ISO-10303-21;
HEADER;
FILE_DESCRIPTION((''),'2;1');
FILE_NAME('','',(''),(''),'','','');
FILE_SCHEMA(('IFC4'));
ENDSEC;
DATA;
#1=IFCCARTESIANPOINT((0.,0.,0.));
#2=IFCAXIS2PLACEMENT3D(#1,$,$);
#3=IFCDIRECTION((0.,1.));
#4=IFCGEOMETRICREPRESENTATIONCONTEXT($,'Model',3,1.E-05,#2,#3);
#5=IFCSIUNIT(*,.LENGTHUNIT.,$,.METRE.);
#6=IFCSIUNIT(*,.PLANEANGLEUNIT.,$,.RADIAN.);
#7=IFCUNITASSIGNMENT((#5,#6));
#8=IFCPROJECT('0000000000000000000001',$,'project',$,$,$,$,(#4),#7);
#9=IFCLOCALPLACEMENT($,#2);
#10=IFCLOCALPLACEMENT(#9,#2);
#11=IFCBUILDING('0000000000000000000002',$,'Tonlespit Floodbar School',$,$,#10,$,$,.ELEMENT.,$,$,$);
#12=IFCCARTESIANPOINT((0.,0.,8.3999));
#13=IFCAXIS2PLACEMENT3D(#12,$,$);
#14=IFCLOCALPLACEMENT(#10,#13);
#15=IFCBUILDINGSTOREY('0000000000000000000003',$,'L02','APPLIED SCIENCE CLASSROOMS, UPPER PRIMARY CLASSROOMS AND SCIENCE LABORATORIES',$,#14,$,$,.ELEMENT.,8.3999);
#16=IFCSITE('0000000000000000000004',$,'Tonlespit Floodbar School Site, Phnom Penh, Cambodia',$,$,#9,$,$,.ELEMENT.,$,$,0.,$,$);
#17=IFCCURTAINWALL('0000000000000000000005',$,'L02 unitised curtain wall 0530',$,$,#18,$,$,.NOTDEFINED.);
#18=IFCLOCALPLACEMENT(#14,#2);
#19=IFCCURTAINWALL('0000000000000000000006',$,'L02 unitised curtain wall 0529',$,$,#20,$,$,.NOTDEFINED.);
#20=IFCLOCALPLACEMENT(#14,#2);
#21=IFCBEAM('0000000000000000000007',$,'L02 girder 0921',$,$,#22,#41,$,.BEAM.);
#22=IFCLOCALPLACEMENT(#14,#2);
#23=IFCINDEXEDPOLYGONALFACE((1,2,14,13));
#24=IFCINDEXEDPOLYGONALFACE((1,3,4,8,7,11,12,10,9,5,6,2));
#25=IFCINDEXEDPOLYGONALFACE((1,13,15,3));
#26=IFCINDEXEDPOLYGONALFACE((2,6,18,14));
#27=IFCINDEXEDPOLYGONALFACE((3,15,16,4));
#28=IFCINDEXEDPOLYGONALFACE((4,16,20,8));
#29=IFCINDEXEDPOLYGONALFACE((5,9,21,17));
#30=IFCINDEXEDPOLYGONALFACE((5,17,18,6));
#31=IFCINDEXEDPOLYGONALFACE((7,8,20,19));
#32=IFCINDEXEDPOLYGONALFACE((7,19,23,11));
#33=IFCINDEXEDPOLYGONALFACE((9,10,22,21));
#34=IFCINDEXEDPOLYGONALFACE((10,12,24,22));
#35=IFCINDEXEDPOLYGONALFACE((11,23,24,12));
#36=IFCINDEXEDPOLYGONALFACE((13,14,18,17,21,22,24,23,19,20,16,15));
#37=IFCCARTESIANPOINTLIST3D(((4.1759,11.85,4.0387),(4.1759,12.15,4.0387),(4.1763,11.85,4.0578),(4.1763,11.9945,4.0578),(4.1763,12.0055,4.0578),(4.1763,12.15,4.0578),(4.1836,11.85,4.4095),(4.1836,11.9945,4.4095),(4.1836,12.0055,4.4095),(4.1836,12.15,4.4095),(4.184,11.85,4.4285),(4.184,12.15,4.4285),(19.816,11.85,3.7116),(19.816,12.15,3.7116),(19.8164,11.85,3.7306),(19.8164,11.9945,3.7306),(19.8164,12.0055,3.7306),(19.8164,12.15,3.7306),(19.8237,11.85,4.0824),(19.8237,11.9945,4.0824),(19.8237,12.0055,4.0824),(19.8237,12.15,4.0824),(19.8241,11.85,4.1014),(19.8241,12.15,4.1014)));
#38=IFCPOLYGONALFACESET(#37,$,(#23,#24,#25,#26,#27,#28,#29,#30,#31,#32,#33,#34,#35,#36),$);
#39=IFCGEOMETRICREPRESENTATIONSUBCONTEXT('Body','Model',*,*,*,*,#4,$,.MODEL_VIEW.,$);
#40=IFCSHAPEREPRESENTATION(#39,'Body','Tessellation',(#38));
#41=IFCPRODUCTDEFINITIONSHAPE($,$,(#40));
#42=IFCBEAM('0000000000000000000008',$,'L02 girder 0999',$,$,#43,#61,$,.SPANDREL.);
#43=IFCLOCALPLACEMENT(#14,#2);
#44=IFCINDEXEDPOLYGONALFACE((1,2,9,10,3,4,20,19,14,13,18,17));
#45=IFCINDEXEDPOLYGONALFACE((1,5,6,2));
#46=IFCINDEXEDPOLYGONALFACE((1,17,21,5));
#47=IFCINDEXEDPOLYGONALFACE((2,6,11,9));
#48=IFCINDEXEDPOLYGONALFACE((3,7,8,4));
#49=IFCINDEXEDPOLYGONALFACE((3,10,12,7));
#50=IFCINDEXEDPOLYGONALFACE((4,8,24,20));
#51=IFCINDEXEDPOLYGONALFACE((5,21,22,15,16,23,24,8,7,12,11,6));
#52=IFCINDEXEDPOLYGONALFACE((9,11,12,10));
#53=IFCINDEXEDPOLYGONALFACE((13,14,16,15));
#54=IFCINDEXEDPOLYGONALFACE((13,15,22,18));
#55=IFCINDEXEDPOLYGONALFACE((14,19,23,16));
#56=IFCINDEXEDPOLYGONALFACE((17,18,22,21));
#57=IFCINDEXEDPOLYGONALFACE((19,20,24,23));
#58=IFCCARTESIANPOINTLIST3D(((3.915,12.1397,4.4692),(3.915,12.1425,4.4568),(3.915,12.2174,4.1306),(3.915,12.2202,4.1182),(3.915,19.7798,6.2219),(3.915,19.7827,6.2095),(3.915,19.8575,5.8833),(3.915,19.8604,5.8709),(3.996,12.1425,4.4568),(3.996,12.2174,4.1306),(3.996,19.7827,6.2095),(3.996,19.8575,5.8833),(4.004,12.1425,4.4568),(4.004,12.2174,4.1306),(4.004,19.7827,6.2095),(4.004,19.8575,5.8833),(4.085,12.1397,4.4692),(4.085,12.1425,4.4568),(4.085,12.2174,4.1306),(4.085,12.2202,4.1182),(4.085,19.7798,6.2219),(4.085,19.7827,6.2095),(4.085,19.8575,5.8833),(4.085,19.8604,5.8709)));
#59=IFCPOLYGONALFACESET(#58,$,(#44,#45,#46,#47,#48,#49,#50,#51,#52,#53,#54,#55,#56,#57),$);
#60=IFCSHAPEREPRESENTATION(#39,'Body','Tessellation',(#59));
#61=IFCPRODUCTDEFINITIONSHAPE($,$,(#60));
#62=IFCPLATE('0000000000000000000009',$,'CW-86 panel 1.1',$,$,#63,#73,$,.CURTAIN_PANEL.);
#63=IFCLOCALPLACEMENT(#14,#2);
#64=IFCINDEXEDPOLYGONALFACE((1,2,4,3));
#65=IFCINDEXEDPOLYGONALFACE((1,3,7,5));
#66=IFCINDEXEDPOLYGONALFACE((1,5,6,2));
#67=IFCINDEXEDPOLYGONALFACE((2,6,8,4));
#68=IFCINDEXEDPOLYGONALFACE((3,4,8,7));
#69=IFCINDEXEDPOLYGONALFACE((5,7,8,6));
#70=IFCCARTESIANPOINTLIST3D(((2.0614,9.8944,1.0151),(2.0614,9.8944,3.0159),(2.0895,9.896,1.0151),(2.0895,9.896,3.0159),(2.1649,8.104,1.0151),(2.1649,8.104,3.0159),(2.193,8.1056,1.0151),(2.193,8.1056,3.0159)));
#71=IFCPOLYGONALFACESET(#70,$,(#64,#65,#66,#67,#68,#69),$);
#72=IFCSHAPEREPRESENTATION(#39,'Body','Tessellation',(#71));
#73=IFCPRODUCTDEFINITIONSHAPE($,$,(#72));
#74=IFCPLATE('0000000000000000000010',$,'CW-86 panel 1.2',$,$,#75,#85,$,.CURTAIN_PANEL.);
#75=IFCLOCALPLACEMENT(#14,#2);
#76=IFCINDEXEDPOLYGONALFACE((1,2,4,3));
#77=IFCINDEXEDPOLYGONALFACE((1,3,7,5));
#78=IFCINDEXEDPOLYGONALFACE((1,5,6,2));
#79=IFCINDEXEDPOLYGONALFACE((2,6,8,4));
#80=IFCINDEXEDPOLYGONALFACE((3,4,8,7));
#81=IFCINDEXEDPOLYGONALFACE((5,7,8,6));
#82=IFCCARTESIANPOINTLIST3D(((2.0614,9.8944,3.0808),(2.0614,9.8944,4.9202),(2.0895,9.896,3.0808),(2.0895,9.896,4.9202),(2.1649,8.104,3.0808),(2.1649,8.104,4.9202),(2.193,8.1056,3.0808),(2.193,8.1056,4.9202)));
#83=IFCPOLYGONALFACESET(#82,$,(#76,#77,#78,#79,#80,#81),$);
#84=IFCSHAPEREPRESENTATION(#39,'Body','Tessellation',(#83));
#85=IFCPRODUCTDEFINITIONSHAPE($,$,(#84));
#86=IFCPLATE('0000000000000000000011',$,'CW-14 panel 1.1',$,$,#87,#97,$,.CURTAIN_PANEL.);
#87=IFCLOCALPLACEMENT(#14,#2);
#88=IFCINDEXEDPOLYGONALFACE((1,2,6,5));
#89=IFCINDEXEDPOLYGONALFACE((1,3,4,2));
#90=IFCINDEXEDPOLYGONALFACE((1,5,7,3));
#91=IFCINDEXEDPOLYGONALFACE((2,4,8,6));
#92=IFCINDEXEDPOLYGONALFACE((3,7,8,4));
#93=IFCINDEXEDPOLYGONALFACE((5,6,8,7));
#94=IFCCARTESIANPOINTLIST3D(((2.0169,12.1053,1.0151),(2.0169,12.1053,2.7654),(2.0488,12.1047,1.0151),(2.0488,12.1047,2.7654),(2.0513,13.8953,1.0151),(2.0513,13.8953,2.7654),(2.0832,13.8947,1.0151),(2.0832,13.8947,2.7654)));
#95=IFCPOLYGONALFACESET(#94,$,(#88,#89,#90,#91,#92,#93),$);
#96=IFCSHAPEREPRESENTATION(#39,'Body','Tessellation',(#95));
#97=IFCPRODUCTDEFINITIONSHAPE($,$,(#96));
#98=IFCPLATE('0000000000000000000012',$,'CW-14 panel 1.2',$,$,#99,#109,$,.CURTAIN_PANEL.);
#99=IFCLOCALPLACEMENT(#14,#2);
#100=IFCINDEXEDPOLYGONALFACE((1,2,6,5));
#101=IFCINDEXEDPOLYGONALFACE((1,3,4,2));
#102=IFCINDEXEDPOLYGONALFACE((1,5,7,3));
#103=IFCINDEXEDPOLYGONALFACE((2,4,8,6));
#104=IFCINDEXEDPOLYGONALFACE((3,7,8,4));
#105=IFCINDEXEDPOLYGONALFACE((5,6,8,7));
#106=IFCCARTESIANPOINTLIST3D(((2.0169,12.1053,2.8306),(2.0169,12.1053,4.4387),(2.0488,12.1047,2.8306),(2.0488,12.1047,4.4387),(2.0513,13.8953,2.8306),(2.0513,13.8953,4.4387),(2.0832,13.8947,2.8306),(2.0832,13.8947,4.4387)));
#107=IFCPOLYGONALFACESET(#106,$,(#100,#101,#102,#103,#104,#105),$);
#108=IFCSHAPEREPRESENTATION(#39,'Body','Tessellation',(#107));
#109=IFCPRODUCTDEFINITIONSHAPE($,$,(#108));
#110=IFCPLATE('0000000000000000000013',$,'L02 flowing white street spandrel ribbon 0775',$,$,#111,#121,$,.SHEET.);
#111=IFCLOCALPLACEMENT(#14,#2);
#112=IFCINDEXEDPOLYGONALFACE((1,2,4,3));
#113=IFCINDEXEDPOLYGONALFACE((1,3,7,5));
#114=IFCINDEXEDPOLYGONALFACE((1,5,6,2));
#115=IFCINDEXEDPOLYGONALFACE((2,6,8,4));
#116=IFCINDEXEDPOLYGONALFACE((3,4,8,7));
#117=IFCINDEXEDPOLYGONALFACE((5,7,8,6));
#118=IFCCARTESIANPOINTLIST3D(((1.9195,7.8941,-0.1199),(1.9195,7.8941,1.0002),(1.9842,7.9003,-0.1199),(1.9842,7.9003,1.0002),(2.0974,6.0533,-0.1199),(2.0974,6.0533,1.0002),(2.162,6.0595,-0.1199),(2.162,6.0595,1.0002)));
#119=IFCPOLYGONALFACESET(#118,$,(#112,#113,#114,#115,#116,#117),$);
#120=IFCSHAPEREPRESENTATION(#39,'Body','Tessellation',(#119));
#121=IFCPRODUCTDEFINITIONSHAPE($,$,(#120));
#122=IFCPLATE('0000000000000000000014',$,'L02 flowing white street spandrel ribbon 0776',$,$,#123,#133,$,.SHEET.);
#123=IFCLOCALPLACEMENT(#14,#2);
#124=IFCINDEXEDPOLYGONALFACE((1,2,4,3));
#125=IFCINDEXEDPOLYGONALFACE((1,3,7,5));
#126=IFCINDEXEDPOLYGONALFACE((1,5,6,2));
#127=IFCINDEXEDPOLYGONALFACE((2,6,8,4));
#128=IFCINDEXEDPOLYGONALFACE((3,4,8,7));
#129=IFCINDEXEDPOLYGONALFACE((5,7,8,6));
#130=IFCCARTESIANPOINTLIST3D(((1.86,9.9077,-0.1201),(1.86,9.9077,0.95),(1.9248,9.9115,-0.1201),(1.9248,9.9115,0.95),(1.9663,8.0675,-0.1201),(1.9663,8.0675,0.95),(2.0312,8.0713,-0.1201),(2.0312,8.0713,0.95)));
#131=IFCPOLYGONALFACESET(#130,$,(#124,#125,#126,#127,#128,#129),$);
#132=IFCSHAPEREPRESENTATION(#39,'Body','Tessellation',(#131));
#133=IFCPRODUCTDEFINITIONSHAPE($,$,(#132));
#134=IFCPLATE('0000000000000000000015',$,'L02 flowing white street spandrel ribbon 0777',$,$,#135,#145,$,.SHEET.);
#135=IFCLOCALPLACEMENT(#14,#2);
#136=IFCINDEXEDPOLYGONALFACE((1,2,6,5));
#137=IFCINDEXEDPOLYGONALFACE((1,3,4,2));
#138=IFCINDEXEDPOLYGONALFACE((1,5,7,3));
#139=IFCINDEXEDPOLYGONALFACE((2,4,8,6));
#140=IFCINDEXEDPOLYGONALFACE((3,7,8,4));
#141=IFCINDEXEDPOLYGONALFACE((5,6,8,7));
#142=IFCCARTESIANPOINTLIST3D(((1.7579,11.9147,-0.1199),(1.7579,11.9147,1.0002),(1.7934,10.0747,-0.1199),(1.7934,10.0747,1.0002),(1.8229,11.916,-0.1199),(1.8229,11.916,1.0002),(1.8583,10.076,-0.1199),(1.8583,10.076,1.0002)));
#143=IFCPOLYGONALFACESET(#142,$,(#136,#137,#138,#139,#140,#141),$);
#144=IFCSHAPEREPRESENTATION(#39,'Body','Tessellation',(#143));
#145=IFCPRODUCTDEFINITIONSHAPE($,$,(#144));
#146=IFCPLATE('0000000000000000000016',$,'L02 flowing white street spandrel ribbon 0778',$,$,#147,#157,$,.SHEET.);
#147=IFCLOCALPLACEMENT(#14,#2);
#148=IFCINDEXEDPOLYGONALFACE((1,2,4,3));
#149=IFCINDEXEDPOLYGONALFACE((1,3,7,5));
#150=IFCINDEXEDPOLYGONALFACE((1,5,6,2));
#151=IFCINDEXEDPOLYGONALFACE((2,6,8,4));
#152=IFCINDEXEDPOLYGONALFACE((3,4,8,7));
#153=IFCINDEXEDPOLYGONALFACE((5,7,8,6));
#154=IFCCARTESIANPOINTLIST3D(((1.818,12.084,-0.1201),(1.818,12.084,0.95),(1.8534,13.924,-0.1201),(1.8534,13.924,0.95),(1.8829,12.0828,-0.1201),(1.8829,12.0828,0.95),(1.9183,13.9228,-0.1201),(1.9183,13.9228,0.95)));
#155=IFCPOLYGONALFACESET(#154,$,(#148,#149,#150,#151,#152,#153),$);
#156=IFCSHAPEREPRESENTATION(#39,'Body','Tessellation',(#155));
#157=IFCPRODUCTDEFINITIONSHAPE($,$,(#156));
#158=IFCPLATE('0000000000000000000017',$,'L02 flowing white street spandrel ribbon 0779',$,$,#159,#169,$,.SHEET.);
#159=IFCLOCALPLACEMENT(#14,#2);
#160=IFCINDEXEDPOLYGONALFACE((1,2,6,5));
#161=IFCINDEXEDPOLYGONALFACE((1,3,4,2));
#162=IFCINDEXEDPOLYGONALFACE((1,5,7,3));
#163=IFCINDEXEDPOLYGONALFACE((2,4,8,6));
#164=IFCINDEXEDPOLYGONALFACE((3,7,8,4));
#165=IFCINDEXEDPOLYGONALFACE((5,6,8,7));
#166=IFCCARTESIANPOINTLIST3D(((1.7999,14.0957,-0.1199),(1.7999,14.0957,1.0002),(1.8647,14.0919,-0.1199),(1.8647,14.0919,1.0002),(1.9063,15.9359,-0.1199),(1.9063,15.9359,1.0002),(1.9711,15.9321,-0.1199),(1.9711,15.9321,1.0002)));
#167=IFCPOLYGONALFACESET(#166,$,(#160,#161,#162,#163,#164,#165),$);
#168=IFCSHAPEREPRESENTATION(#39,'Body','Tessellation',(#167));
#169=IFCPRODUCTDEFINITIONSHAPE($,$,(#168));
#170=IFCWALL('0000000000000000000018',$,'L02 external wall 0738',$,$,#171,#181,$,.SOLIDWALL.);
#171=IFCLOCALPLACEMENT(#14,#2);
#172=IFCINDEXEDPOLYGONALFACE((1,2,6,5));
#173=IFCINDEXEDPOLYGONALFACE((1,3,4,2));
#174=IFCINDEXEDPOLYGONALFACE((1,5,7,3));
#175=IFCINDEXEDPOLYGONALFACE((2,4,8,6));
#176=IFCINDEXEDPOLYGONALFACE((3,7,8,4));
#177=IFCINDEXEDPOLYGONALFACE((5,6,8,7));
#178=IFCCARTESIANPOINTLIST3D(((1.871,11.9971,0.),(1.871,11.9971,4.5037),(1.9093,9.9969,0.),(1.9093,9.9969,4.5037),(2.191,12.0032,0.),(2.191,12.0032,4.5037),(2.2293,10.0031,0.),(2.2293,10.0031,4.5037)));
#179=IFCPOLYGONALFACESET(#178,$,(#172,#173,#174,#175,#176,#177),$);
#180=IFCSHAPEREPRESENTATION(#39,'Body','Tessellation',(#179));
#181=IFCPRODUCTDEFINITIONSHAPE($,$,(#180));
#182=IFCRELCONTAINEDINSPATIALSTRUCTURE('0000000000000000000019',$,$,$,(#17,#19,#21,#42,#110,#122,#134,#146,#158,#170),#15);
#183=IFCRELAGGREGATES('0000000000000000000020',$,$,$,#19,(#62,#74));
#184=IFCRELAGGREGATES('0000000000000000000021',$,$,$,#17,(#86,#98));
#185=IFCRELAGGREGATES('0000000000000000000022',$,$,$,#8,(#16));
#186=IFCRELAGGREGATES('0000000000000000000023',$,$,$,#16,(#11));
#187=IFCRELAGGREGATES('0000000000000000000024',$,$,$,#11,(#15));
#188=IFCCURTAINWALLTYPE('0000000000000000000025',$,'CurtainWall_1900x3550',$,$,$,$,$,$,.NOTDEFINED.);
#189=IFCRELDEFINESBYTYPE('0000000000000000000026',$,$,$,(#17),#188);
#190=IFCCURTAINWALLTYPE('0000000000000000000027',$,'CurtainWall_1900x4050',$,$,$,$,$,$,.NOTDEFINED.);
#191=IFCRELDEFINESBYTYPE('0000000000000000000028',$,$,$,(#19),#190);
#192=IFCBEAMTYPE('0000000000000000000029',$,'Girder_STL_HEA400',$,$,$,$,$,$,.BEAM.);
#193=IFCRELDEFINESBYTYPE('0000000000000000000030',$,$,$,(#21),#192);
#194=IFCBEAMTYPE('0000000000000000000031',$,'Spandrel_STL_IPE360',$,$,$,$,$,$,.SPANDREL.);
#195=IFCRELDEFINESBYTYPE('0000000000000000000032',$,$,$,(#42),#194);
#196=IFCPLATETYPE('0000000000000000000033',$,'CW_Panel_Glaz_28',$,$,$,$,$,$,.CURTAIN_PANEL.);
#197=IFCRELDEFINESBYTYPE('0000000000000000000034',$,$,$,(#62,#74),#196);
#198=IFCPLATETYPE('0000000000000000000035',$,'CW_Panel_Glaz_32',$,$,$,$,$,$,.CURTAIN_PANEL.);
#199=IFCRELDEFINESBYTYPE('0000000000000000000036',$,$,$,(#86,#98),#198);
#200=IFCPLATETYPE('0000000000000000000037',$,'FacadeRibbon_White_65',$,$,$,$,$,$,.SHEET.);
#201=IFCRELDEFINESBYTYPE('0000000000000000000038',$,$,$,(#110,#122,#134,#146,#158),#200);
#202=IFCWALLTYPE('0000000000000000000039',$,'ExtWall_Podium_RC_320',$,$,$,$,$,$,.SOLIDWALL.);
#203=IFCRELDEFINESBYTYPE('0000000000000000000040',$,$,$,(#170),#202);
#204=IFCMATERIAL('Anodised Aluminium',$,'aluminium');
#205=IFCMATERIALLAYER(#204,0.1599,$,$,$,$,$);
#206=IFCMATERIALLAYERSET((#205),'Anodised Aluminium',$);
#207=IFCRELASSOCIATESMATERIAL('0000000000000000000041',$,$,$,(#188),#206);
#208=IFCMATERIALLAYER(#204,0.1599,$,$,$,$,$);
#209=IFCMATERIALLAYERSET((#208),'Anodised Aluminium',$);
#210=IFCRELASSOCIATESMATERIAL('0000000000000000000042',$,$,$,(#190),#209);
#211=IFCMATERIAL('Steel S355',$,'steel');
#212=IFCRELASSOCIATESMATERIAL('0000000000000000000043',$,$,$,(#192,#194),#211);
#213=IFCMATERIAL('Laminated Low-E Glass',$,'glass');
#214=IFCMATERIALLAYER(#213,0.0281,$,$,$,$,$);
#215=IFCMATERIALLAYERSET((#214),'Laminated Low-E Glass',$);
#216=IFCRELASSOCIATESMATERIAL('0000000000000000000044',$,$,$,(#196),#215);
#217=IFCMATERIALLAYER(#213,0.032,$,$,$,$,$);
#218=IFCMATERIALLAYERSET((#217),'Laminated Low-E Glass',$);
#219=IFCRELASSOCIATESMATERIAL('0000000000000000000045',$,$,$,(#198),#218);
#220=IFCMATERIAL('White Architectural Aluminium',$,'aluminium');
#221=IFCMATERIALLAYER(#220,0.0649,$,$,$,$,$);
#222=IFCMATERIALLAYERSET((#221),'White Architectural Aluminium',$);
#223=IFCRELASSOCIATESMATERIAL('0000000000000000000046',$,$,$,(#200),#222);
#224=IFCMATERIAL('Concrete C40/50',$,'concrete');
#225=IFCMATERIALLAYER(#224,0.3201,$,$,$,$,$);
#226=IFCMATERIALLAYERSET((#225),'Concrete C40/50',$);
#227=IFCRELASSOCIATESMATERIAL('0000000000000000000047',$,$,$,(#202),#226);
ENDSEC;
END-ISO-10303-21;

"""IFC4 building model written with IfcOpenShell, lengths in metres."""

from ifc_helpers import new_model, si_unit, direction, frame, frame_2d, origin, origin_2d, place, context, subcontext, project, spatial, rectangle, i_section, extrude, material, layer, layer_set, material_profile, profile_set, type_object, element, aggregate, save


model = new_model("IFC4")

# Units and contexts
model_context = context("Model", 3, precision=1e-05, world=origin(), true_north=direction((0.0, 1.0)))
body_context = subcontext(model_context, "Body", "Model", "MODEL_VIEW")
ifc_project = project(units=[si_unit("LENGTHUNIT", "METRE"), si_unit("PLANEANGLEUNIT", "RADIAN")], contexts=[model_context])

# Site, building, storey
site_placement = place(None, origin())
site = spatial("IfcSite", under=ifc_project, at=site_placement, Name="Tonlespit Floodbar School Site, Phnom Penh, Cambodia", CompositionType="ELEMENT", RefElevation=0.0)
building_placement = place(site_placement, origin())
building = spatial("IfcBuilding", under=site, at=building_placement, Name="Tonlespit Floodbar School", CompositionType="ELEMENT")
storey_placement = place(building_placement, frame((0.0, 0.0, 8.3999)))
storey = spatial("IfcBuildingStorey", under=building, at=storey_placement, Name="L02", Description="APPLIED SCIENCE CLASSROOMS, UPPER PRIMARY CLASSROOMS AND SCIENCE LABORATORIES", CompositionType="ELEMENT", Elevation=8.3999)

# Curtain walls
ifc_material_1 = material(Name="Anodised Aluminium", Category="aluminium")
ifc_layer_1 = layer(ifc_material_1, 0.1599)
ifc_layer_set_1 = layer_set([ifc_layer_1], Name="Anodised Aluminium")
curtain_wall_type_1 = type_object("IfcCurtainWallType", Name="CurtainWall_1900x3550", PredefinedType="NOTDEFINED", material=ifc_layer_set_1)
curtain_wall_1_placement = place(storey_placement, origin())
curtain_wall_1 = element("IfcCurtainWall", 1, at=curtain_wall_1_placement, inside=storey, type_object=curtain_wall_type_1, Name="L02 unitised curtain wall 0530", PredefinedType="NOTDEFINED")
ifc_layer_2 = layer(ifc_material_1, 0.1599)
ifc_layer_set_2 = layer_set([ifc_layer_2], Name="Anodised Aluminium")
curtain_wall_type_2 = type_object("IfcCurtainWallType", Name="CurtainWall_1900x4050", PredefinedType="NOTDEFINED", material=ifc_layer_set_2)
curtain_wall_2_placement = place(storey_placement, origin())
curtain_wall_2 = element("IfcCurtainWall", 2, at=curtain_wall_2_placement, inside=storey, type_object=curtain_wall_type_2, Name="L02 unitised curtain wall 0529", PredefinedType="NOTDEFINED")

# Beams
ifc_material_2 = material(Name="Steel S355", Category="steel")
ifc_material_profile_1 = material_profile(ifc_material_2, i_section(OverallWidth=0.3, OverallDepth=0.3899, WebThickness=0.011, FlangeThickness=0.019, at=origin_2d()), Name="HEA 400")
ifc_profile_set_1 = profile_set([ifc_material_profile_1], Name="Steel S355")
beam_type_1 = type_object("IfcBeamType", Name="Girder_STL_HEA400", PredefinedType="BEAM", material=ifc_profile_set_1)
beam_1_placement = place(storey_placement, frame((4.1799, 12.0, 4.2336), z_axis=(0.999781, 0.0, -0.020913), x_axis=(0.0, 1.0, 0.0)))
element("IfcBeam", 3, at=beam_1_placement, inside=storey, type_object=beam_type_1, Name="L02 girder 0921", PredefinedType="BEAM", context=body_context, shape_type="SweptSolid", body=[
    extrude(i_section(OverallWidth=0.3, OverallDepth=0.3899, WebThickness=0.011, FlangeThickness=0.019, at=origin_2d()), origin(), (0.0, 0.0, 1.0), 15.6436),
])
ifc_material_profile_2 = material_profile(ifc_material_2, i_section(OverallWidth=0.1699, OverallDepth=0.3601, WebThickness=0.0081, FlangeThickness=0.0127, at=origin_2d()), Name="IPE 360")
ifc_profile_set_2 = profile_set([ifc_material_profile_2], Name="Steel S355")
beam_type_2 = type_object("IfcBeamType", Name="Spandrel_STL_IPE360", PredefinedType="SPANDREL", material=ifc_profile_set_2)
beam_2_placement = place(storey_placement, frame((4.0, 12.1799, 4.2937), z_axis=(0.0, 0.974682, 0.223597), x_axis=(-1.0, 0.0, 0.0)))
element("IfcBeam", 4, at=beam_2_placement, inside=storey, type_object=beam_type_2, Name="L02 girder 0999", PredefinedType="SPANDREL", context=body_context, shape_type="SweptSolid", body=[
    extrude(i_section(OverallWidth=0.1699, OverallDepth=0.3601, WebThickness=0.0081, FlangeThickness=0.0127, at=origin_2d()), origin(), (0.0, 0.0, 1.0), 7.8386),
])

# Plates
ifc_material_3 = material(Name="Laminated Low-E Glass", Category="glass")
ifc_layer_3 = layer(ifc_material_3, 0.0281)
ifc_layer_set_3 = layer_set([ifc_layer_3], Name="Laminated Low-E Glass")
plate_type_1 = type_object("IfcPlateType", Name="CW_Panel_Glaz_28", PredefinedType="CURTAIN_PANEL", material=ifc_layer_set_3)
plate_1_placement = place(storey_placement, frame((2.1272, 9.0, 1.0151), z_axis=(0.0, 0.0, 1.0), x_axis=(-0.05771, 0.998333, 0.0)))
plate_1 = element("IfcPlate", 5, at=plate_1_placement, type_object=plate_type_1, Name="CW-86 panel 1.1", PredefinedType="CURTAIN_PANEL", context=body_context, shape_type="SweptSolid", body=[
    extrude(rectangle(XDim=1.7935, YDim=0.0281, at=origin_2d()), origin(), (0.0, 0.0, 1.0), 2.0007),
])
plate_2_placement = place(storey_placement, frame((2.1272, 9.0, 3.0808), z_axis=(0.0, 0.0, 1.0), x_axis=(-0.05771, 0.998333, 0.0)))
plate_2 = element("IfcPlate", 6, at=plate_2_placement, type_object=plate_type_1, Name="CW-86 panel 1.2", PredefinedType="CURTAIN_PANEL", context=body_context, shape_type="SweptSolid", body=[
    extrude(rectangle(XDim=1.7935, YDim=0.0281, at=origin_2d()), origin(), (0.0, 0.0, 1.0), 1.8394),
])
aggregate(curtain_wall_2, [plate_1, plate_2])
ifc_layer_4 = layer(ifc_material_3, 0.032)
ifc_layer_set_4 = layer_set([ifc_layer_4], Name="Laminated Low-E Glass")
plate_type_2 = type_object("IfcPlateType", Name="CW_Panel_Glaz_32", PredefinedType="CURTAIN_PANEL", material=ifc_layer_set_4)
plate_3_placement = place(storey_placement, frame((2.05, 13.0, 1.0151), z_axis=(0.0, 0.0, 1.0), x_axis=(0.019215, 0.999815, 0.0)))
plate_3 = element("IfcPlate", 7, at=plate_3_placement, type_object=plate_type_2, Name="CW-14 panel 1.1", PredefinedType="CURTAIN_PANEL", context=body_context, shape_type="SweptSolid", body=[
    extrude(rectangle(XDim=1.7903, YDim=0.032, at=origin_2d()), origin(), (0.0, 0.0, 1.0), 1.7502),
])
plate_4_placement = place(storey_placement, frame((2.05, 13.0, 2.8306), z_axis=(0.0, 0.0, 1.0), x_axis=(0.019215, 0.999815, 0.0)))
plate_4 = element("IfcPlate", 8, at=plate_4_placement, type_object=plate_type_2, Name="CW-14 panel 1.2", PredefinedType="CURTAIN_PANEL", context=body_context, shape_type="SweptSolid", body=[
    extrude(rectangle(XDim=1.7903, YDim=0.032, at=origin_2d()), origin(), (0.0, 0.0, 1.0), 1.6082),
])
aggregate(curtain_wall_1, [plate_3, plate_4])

# Plates
ifc_material_4 = material(Name="White Architectural Aluminium", Category="aluminium")
ifc_layer_5 = layer(ifc_material_4, 0.0649)
ifc_layer_set_5 = layer_set([ifc_layer_5], Name="White Architectural Aluminium")
plate_type_3 = type_object("IfcPlateType", Name="FacadeRibbon_White_65", PredefinedType="SHEET", material=ifc_layer_set_5)
plate_5_placement = place(storey_placement, frame((2.0408, 6.9768, -0.1199), z_axis=(0.0, 0.0, 1.0), x_axis=(-0.096153, 0.995367, 0.0)))
element("IfcPlate", 9, at=plate_5_placement, inside=storey, type_object=plate_type_3, Name="L02 flowing white street spandrel ribbon 0775", PredefinedType="SHEET", context=body_context, shape_type="SweptSolid", body=[
    extrude(rectangle(XDim=1.8494, YDim=0.0649, at=origin_2d()), origin(), (0.0, 0.0, 1.0), 1.1201),
])
plate_6_placement = place(storey_placement, frame((1.9456, 8.9895, -0.1201), z_axis=(0.0, 0.0, 1.0), x_axis=(-0.057703, 0.998334, 0.0)))
element("IfcPlate", 10, at=plate_6_placement, inside=storey, type_object=plate_type_3, Name="L02 flowing white street spandrel ribbon 0776", PredefinedType="SHEET", context=body_context, shape_type="SweptSolid", body=[
    extrude(rectangle(XDim=1.8433, YDim=0.0649, at=origin_2d()), origin(), (0.0, 0.0, 1.0), 1.0701),
])
plate_7_placement = place(storey_placement, frame((1.8081, 10.9954, -0.1199), z_axis=(0.0, 0.0, 1.0), x_axis=(-0.019246, 0.999815, 0.0)))
element("IfcPlate", 11, at=plate_7_placement, inside=storey, type_object=plate_type_3, Name="L02 flowing white street spandrel ribbon 0777", PredefinedType="SHEET", context=body_context, shape_type="SweptSolid", body=[
    extrude(rectangle(XDim=1.8403, YDim=0.0649, at=origin_2d()), origin(), (0.0, 0.0, 1.0), 1.1201),
])
plate_8_placement = place(storey_placement, frame((1.8682, 13.0034, -0.1201), z_axis=(0.0, 0.0, 1.0), x_axis=(0.019246, 0.999815, 0.0)))
element("IfcPlate", 12, at=plate_8_placement, inside=storey, type_object=plate_type_3, Name="L02 flowing white street spandrel ribbon 0778", PredefinedType="SHEET", context=body_context, shape_type="SweptSolid", body=[
    extrude(rectangle(XDim=1.8403, YDim=0.0649, at=origin_2d()), origin(), (0.0, 0.0, 1.0), 1.0701),
])
plate_9_placement = place(storey_placement, frame((1.8855, 15.0139, -0.1199), z_axis=(0.0, 0.0, 1.0), x_axis=(0.057703, 0.998334, 0.0)))
element("IfcPlate", 13, at=plate_9_placement, inside=storey, type_object=plate_type_3, Name="L02 flowing white street spandrel ribbon 0779", PredefinedType="SHEET", context=body_context, shape_type="SweptSolid", body=[
    extrude(rectangle(XDim=1.8433, YDim=0.0649, at=origin_2d()), origin(), (0.0, 0.0, 1.0), 1.1201),
])

# Wall
ifc_material_5 = material(Name="Concrete C40/50", Category="concrete")
ifc_layer_6 = layer(ifc_material_5, 0.3201)
ifc_layer_set_6 = layer_set([ifc_layer_6], Name="Concrete C40/50")
wall_type_1 = type_object("IfcWallType", Name="ExtWall_Podium_RC_320", PredefinedType="SOLIDWALL", material=ifc_layer_set_6)
wall_1_placement = place(storey_placement, frame((2.0693, 10.0, 0.0), z_axis=(0.0, 0.0, 1.0), x_axis=(-0.019162, 0.999816, 0.0)))
element("IfcWall", 14, at=wall_1_placement, inside=storey, type_object=wall_type_1, Name="L02 external wall 0738", PredefinedType="SOLIDWALL", context=body_context, shape_type="SweptSolid", body=[
    extrude(rectangle(XDim=2.0005, YDim=0.3201, at=frame_2d((1.0002, 0.0))), origin(), (0.0, 0.0, 1.0), 4.5037),
])

save(model, "model.ifc")
